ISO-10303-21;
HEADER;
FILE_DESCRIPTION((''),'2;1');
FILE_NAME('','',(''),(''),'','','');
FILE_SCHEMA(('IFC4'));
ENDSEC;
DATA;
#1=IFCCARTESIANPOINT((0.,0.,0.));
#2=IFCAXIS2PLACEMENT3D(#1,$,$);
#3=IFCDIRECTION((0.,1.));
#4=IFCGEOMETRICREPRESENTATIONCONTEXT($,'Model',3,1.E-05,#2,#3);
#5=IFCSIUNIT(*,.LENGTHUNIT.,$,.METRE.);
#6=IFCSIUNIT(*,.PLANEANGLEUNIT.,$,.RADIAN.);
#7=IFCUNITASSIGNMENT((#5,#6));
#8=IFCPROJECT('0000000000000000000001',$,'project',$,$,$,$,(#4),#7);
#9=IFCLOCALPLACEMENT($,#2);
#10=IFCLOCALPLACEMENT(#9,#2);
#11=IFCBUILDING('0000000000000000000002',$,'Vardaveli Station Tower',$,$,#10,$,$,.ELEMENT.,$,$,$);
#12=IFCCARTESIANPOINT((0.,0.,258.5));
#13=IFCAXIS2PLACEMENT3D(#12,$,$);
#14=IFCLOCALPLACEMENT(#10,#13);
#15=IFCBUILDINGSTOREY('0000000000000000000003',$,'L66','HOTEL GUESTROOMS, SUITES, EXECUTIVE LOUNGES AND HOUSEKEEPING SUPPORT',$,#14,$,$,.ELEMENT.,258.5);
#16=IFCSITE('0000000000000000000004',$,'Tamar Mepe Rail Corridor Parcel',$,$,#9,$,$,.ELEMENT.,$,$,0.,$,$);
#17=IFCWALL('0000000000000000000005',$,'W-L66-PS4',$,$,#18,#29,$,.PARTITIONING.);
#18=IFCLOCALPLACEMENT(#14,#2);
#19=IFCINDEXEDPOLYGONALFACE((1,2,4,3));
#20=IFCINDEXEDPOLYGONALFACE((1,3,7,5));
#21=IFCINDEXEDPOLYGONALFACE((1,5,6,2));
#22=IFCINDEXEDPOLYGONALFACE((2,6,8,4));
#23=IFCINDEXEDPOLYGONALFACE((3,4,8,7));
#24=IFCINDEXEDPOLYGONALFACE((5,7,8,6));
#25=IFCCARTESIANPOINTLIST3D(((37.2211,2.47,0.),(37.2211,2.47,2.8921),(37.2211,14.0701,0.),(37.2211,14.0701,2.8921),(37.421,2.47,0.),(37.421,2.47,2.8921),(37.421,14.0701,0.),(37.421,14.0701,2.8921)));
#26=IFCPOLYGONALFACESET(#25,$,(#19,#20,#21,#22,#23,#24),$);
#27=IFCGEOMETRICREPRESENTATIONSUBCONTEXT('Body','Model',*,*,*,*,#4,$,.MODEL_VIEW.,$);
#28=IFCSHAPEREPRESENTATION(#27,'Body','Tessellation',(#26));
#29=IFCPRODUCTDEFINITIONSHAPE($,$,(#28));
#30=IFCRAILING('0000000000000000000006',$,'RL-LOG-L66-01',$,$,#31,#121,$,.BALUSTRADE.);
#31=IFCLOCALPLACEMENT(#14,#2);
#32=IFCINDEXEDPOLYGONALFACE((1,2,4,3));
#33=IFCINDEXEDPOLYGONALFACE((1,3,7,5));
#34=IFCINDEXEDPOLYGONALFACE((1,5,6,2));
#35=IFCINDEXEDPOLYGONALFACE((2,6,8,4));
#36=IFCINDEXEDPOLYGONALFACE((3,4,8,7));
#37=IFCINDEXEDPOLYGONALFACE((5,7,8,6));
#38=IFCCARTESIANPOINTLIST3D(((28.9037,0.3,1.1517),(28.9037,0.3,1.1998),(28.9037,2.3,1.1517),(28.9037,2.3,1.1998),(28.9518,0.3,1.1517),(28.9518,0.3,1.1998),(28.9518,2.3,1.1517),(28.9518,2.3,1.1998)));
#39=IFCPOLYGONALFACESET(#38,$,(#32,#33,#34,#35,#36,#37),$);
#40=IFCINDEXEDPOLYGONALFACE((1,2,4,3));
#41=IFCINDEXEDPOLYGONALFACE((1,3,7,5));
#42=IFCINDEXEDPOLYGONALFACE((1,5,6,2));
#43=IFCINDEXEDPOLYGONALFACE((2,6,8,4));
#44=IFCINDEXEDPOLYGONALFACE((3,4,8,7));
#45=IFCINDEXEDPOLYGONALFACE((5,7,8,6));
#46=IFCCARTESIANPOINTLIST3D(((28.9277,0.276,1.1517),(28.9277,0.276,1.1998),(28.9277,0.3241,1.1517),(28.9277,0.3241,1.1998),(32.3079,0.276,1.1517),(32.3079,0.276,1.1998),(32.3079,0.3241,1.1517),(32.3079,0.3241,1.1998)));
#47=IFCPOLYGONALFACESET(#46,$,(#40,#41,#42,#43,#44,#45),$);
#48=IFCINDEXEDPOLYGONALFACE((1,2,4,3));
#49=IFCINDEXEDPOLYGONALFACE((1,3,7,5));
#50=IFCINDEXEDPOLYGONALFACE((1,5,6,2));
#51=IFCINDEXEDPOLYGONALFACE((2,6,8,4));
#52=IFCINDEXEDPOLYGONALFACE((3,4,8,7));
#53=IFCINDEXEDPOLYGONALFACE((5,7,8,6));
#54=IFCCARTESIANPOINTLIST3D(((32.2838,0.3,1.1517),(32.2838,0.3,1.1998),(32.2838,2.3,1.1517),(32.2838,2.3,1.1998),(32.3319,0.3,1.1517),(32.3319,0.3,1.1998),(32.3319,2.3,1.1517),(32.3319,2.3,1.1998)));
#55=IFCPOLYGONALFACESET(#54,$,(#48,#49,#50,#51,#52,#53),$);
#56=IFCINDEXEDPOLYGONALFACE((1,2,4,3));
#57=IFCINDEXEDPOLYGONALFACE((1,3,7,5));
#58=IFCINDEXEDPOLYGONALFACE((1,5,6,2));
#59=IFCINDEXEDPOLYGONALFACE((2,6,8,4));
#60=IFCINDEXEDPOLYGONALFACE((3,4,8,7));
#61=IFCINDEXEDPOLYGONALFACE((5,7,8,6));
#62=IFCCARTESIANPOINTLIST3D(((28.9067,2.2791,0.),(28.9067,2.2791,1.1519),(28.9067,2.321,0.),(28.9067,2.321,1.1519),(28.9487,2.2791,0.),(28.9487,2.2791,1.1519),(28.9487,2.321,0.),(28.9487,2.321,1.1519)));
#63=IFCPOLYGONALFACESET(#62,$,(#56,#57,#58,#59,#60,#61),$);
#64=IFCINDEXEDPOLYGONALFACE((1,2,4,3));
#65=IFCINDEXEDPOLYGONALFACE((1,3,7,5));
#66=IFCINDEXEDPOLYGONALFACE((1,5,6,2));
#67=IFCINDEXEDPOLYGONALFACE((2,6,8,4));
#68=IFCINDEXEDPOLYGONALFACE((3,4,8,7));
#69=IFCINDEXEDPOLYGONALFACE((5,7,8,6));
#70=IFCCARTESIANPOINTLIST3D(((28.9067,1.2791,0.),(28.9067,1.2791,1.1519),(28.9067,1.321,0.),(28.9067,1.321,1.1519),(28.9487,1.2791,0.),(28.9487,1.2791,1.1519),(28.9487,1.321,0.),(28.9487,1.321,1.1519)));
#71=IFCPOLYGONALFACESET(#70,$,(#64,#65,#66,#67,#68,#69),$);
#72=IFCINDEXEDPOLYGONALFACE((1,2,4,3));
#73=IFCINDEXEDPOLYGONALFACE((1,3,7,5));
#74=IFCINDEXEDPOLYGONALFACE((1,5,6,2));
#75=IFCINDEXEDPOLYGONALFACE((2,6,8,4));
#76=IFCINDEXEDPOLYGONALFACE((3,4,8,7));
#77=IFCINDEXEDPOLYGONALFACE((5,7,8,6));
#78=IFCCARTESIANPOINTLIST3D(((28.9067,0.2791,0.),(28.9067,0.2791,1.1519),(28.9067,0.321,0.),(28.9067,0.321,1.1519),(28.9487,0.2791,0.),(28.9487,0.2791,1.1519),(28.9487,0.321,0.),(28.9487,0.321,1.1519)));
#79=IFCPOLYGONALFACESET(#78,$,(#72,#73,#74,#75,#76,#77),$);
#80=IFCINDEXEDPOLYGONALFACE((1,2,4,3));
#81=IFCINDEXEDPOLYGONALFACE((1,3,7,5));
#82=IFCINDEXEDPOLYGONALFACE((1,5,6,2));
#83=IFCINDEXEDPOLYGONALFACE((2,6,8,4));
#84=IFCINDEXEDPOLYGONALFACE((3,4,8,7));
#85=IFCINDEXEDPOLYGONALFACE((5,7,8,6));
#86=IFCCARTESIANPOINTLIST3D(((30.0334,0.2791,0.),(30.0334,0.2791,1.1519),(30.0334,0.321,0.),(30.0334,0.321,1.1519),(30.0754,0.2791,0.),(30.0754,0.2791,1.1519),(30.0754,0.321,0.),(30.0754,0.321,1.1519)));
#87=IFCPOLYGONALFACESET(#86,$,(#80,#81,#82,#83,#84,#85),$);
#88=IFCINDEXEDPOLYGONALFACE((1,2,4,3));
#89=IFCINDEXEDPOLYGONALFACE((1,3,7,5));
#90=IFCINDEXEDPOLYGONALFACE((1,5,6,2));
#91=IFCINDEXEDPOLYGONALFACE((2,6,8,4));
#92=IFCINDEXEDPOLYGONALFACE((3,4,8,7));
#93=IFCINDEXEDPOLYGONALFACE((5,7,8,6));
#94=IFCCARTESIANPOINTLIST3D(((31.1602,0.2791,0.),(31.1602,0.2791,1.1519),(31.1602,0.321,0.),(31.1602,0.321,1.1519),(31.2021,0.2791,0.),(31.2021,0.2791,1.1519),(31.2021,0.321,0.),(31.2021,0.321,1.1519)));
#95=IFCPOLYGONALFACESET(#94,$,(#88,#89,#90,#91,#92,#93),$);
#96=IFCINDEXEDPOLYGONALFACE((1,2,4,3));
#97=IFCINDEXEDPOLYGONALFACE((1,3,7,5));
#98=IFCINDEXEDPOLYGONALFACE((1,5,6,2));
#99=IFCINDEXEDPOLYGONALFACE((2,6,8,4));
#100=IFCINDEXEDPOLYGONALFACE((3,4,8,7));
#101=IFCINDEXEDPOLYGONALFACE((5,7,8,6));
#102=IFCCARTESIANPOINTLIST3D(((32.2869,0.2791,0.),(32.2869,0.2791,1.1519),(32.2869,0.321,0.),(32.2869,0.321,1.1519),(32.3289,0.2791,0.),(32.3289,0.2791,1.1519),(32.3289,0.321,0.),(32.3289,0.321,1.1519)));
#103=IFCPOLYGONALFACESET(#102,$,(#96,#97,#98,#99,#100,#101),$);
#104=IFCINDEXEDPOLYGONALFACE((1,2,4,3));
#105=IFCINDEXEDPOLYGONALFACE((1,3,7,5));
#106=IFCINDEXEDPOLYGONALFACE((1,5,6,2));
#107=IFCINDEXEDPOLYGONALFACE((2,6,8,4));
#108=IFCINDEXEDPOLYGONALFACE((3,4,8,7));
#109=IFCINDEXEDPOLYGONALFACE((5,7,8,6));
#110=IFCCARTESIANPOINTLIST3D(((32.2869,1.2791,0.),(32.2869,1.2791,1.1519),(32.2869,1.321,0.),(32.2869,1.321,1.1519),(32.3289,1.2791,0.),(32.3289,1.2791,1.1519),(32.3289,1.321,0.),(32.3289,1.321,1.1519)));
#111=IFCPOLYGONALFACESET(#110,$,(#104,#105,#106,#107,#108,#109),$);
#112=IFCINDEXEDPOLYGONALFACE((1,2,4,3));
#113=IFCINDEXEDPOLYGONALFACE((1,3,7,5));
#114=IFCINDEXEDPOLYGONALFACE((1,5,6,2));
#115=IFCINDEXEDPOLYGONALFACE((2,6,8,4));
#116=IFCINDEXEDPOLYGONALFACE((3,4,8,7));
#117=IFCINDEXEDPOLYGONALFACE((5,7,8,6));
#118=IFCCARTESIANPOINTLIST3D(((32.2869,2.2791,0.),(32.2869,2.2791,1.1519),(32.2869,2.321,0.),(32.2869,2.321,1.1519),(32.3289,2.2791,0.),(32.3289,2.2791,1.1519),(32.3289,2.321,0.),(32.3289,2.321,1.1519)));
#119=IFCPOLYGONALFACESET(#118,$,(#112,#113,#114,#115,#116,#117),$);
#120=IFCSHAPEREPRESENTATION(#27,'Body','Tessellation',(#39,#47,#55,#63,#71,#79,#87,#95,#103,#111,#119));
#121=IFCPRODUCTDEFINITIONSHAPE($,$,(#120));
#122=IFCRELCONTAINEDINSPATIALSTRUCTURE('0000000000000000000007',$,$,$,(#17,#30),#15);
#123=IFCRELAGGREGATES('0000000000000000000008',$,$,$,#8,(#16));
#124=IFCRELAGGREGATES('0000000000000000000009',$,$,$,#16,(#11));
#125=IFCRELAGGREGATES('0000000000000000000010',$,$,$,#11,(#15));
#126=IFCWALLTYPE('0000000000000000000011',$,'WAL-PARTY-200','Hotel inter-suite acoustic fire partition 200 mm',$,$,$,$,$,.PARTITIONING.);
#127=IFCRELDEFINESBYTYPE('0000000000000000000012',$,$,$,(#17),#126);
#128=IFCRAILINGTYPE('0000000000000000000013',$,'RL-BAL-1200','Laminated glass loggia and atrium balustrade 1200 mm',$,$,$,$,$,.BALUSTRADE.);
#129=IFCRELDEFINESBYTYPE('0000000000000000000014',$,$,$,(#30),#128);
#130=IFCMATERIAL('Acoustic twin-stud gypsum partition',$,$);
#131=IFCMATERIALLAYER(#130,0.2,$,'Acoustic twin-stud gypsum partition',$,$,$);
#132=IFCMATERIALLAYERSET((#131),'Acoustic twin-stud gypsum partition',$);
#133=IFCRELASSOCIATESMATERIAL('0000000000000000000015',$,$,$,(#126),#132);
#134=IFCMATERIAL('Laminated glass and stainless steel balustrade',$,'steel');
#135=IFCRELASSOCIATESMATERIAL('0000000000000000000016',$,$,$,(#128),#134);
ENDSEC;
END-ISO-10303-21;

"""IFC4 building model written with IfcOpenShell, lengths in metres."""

from ifc_helpers import new_model, si_unit, direction, frame, frame_2d, origin, origin_2d, place, context, subcontext, project, spatial, rectangle, extrude, source, transform, mapped, material, layer, layer_set, type_object, element, save


model = new_model("IFC4")

# Units and contexts
model_context = context("Model", 3, precision=1e-05, world=origin(), true_north=direction((0.0, 1.0)))
body_context = subcontext(model_context, "Body", "Model", "MODEL_VIEW")
ifc_project = project(units=[si_unit("LENGTHUNIT", "METRE"), si_unit("PLANEANGLEUNIT", "RADIAN")], contexts=[model_context])

# Site, building, storey
site_placement = place(None, origin())
site = spatial("IfcSite", under=ifc_project, at=site_placement, Name="Tamar Mepe Rail Corridor Parcel", CompositionType="ELEMENT", RefElevation=0.0)
building_placement = place(site_placement, origin())
building = spatial("IfcBuilding", under=site, at=building_placement, Name="Vardaveli Station Tower", CompositionType="ELEMENT")
storey_placement = place(building_placement, frame((0.0, 0.0, 258.5)))
storey = spatial("IfcBuildingStorey", under=building, at=storey_placement, Name="L66", Description="HOTEL GUESTROOMS, SUITES, EXECUTIVE LOUNGES AND HOUSEKEEPING SUPPORT", CompositionType="ELEMENT", Elevation=258.5)

# Wall
ifc_material_1 = material(Name="Acoustic twin-stud gypsum partition")
ifc_layer_1 = layer(ifc_material_1, 0.2, Name="Acoustic twin-stud gypsum partition")
ifc_layer_set_1 = layer_set([ifc_layer_1], Name="Acoustic twin-stud gypsum partition")
wall_type_1 = type_object("IfcWallType", Name="WAL-PARTY-200", Description="Hotel inter-suite acoustic fire partition 200 mm", PredefinedType="PARTITIONING", material=ifc_layer_set_1)
shared_shape_1 = source(origin(), body_context, "Body", "SweptSolid", [
    extrude(rectangle(XDim=11.6001, YDim=0.2, at=frame_2d((5.8, 0.0))), origin(), (0.0, 0.0, 1.0), 2.8921),
])
wall_1_placement = place(storey_placement, frame((37.321, 2.47, 0.0), z_axis=(0.0, 0.0, 1.0), x_axis=(0.0, 1.0, 0.0)))
element("IfcWall", 1, at=wall_1_placement, inside=storey, type_object=wall_type_1, Name="W-L66-PS4", PredefinedType="PARTITIONING", context=body_context, shape_type="MappedRepresentation", body=[
    mapped(shared_shape_1, transform((0.0, 0.0, 0.0), scale=1.0)),
])

# Railing
ifc_material_2 = material(Name="Laminated glass and stainless steel balustrade", Category="steel")
railing_type = type_object("IfcRailingType", Name="RL-BAL-1200", Description="Laminated glass loggia and atrium balustrade 1200 mm", PredefinedType="BALUSTRADE", material=ifc_material_2)
shared_shape_2 = source(origin(), body_context, "Body", "SweptSolid", [
    extrude(rectangle(XDim=0.0481, YDim=0.0481, at=origin_2d()), frame((0.0, 0.0, 1.1758), z_axis=(0.0, -1.0, 0.0), x_axis=(1.0, 0.0, 0.0)), (0.0, 0.0, 1.0), 2.0),
    extrude(rectangle(XDim=0.0481, YDim=0.0481, at=origin_2d()), frame((0.0, -2.0, 1.1758), z_axis=(1.0, 0.0, 0.0), x_axis=(0.0, 1.0, 0.0)), (0.0, 0.0, 1.0), 3.3801),
    extrude(rectangle(XDim=0.0481, YDim=0.0481, at=origin_2d()), frame((3.3801, -2.0, 1.1758), z_axis=(0.0, 1.0, 0.0), x_axis=(-1.0, 0.0, 0.0)), (0.0, 0.0, 1.0), 2.0),
    extrude(rectangle(XDim=0.042, YDim=0.042, at=origin_2d()), origin(), (0.0, 0.0, 1.0), 1.1519),
    extrude(rectangle(XDim=0.042, YDim=0.042, at=origin_2d()), frame((0.0, -1.0, 0.0)), (0.0, 0.0, 1.0), 1.1519),
    extrude(rectangle(XDim=0.042, YDim=0.042, at=origin_2d()), frame((0.0, -2.0, 0.0)), (0.0, 0.0, 1.0), 1.1519),
    extrude(rectangle(XDim=0.042, YDim=0.042, at=origin_2d()), frame((1.1267, -2.0, 0.0)), (0.0, 0.0, 1.0), 1.1519),
    extrude(rectangle(XDim=0.042, YDim=0.042, at=origin_2d()), frame((2.2534, -2.0, 0.0)), (0.0, 0.0, 1.0), 1.1519),
    extrude(rectangle(XDim=0.042, YDim=0.042, at=origin_2d()), frame((3.3801, -2.0, 0.0)), (0.0, 0.0, 1.0), 1.1519),
    extrude(rectangle(XDim=0.042, YDim=0.042, at=origin_2d()), frame((3.3801, -1.0, 0.0)), (0.0, 0.0, 1.0), 1.1519),
    extrude(rectangle(XDim=0.042, YDim=0.042, at=origin_2d()), frame((3.3801, 0.0, 0.0)), (0.0, 0.0, 1.0), 1.1519),
])
railing_placement = place(storey_placement, frame((28.9277, 2.3, 0.0)))
element("IfcRailing", 2, at=railing_placement, inside=storey, type_object=railing_type, Name="RL-LOG-L66-01", PredefinedType="BALUSTRADE", context=body_context, shape_type="MappedRepresentation", body=[
    mapped(shared_shape_2, transform((0.0, 0.0, 0.0), scale=1.0)),
])

save(model, "model.ifc")
